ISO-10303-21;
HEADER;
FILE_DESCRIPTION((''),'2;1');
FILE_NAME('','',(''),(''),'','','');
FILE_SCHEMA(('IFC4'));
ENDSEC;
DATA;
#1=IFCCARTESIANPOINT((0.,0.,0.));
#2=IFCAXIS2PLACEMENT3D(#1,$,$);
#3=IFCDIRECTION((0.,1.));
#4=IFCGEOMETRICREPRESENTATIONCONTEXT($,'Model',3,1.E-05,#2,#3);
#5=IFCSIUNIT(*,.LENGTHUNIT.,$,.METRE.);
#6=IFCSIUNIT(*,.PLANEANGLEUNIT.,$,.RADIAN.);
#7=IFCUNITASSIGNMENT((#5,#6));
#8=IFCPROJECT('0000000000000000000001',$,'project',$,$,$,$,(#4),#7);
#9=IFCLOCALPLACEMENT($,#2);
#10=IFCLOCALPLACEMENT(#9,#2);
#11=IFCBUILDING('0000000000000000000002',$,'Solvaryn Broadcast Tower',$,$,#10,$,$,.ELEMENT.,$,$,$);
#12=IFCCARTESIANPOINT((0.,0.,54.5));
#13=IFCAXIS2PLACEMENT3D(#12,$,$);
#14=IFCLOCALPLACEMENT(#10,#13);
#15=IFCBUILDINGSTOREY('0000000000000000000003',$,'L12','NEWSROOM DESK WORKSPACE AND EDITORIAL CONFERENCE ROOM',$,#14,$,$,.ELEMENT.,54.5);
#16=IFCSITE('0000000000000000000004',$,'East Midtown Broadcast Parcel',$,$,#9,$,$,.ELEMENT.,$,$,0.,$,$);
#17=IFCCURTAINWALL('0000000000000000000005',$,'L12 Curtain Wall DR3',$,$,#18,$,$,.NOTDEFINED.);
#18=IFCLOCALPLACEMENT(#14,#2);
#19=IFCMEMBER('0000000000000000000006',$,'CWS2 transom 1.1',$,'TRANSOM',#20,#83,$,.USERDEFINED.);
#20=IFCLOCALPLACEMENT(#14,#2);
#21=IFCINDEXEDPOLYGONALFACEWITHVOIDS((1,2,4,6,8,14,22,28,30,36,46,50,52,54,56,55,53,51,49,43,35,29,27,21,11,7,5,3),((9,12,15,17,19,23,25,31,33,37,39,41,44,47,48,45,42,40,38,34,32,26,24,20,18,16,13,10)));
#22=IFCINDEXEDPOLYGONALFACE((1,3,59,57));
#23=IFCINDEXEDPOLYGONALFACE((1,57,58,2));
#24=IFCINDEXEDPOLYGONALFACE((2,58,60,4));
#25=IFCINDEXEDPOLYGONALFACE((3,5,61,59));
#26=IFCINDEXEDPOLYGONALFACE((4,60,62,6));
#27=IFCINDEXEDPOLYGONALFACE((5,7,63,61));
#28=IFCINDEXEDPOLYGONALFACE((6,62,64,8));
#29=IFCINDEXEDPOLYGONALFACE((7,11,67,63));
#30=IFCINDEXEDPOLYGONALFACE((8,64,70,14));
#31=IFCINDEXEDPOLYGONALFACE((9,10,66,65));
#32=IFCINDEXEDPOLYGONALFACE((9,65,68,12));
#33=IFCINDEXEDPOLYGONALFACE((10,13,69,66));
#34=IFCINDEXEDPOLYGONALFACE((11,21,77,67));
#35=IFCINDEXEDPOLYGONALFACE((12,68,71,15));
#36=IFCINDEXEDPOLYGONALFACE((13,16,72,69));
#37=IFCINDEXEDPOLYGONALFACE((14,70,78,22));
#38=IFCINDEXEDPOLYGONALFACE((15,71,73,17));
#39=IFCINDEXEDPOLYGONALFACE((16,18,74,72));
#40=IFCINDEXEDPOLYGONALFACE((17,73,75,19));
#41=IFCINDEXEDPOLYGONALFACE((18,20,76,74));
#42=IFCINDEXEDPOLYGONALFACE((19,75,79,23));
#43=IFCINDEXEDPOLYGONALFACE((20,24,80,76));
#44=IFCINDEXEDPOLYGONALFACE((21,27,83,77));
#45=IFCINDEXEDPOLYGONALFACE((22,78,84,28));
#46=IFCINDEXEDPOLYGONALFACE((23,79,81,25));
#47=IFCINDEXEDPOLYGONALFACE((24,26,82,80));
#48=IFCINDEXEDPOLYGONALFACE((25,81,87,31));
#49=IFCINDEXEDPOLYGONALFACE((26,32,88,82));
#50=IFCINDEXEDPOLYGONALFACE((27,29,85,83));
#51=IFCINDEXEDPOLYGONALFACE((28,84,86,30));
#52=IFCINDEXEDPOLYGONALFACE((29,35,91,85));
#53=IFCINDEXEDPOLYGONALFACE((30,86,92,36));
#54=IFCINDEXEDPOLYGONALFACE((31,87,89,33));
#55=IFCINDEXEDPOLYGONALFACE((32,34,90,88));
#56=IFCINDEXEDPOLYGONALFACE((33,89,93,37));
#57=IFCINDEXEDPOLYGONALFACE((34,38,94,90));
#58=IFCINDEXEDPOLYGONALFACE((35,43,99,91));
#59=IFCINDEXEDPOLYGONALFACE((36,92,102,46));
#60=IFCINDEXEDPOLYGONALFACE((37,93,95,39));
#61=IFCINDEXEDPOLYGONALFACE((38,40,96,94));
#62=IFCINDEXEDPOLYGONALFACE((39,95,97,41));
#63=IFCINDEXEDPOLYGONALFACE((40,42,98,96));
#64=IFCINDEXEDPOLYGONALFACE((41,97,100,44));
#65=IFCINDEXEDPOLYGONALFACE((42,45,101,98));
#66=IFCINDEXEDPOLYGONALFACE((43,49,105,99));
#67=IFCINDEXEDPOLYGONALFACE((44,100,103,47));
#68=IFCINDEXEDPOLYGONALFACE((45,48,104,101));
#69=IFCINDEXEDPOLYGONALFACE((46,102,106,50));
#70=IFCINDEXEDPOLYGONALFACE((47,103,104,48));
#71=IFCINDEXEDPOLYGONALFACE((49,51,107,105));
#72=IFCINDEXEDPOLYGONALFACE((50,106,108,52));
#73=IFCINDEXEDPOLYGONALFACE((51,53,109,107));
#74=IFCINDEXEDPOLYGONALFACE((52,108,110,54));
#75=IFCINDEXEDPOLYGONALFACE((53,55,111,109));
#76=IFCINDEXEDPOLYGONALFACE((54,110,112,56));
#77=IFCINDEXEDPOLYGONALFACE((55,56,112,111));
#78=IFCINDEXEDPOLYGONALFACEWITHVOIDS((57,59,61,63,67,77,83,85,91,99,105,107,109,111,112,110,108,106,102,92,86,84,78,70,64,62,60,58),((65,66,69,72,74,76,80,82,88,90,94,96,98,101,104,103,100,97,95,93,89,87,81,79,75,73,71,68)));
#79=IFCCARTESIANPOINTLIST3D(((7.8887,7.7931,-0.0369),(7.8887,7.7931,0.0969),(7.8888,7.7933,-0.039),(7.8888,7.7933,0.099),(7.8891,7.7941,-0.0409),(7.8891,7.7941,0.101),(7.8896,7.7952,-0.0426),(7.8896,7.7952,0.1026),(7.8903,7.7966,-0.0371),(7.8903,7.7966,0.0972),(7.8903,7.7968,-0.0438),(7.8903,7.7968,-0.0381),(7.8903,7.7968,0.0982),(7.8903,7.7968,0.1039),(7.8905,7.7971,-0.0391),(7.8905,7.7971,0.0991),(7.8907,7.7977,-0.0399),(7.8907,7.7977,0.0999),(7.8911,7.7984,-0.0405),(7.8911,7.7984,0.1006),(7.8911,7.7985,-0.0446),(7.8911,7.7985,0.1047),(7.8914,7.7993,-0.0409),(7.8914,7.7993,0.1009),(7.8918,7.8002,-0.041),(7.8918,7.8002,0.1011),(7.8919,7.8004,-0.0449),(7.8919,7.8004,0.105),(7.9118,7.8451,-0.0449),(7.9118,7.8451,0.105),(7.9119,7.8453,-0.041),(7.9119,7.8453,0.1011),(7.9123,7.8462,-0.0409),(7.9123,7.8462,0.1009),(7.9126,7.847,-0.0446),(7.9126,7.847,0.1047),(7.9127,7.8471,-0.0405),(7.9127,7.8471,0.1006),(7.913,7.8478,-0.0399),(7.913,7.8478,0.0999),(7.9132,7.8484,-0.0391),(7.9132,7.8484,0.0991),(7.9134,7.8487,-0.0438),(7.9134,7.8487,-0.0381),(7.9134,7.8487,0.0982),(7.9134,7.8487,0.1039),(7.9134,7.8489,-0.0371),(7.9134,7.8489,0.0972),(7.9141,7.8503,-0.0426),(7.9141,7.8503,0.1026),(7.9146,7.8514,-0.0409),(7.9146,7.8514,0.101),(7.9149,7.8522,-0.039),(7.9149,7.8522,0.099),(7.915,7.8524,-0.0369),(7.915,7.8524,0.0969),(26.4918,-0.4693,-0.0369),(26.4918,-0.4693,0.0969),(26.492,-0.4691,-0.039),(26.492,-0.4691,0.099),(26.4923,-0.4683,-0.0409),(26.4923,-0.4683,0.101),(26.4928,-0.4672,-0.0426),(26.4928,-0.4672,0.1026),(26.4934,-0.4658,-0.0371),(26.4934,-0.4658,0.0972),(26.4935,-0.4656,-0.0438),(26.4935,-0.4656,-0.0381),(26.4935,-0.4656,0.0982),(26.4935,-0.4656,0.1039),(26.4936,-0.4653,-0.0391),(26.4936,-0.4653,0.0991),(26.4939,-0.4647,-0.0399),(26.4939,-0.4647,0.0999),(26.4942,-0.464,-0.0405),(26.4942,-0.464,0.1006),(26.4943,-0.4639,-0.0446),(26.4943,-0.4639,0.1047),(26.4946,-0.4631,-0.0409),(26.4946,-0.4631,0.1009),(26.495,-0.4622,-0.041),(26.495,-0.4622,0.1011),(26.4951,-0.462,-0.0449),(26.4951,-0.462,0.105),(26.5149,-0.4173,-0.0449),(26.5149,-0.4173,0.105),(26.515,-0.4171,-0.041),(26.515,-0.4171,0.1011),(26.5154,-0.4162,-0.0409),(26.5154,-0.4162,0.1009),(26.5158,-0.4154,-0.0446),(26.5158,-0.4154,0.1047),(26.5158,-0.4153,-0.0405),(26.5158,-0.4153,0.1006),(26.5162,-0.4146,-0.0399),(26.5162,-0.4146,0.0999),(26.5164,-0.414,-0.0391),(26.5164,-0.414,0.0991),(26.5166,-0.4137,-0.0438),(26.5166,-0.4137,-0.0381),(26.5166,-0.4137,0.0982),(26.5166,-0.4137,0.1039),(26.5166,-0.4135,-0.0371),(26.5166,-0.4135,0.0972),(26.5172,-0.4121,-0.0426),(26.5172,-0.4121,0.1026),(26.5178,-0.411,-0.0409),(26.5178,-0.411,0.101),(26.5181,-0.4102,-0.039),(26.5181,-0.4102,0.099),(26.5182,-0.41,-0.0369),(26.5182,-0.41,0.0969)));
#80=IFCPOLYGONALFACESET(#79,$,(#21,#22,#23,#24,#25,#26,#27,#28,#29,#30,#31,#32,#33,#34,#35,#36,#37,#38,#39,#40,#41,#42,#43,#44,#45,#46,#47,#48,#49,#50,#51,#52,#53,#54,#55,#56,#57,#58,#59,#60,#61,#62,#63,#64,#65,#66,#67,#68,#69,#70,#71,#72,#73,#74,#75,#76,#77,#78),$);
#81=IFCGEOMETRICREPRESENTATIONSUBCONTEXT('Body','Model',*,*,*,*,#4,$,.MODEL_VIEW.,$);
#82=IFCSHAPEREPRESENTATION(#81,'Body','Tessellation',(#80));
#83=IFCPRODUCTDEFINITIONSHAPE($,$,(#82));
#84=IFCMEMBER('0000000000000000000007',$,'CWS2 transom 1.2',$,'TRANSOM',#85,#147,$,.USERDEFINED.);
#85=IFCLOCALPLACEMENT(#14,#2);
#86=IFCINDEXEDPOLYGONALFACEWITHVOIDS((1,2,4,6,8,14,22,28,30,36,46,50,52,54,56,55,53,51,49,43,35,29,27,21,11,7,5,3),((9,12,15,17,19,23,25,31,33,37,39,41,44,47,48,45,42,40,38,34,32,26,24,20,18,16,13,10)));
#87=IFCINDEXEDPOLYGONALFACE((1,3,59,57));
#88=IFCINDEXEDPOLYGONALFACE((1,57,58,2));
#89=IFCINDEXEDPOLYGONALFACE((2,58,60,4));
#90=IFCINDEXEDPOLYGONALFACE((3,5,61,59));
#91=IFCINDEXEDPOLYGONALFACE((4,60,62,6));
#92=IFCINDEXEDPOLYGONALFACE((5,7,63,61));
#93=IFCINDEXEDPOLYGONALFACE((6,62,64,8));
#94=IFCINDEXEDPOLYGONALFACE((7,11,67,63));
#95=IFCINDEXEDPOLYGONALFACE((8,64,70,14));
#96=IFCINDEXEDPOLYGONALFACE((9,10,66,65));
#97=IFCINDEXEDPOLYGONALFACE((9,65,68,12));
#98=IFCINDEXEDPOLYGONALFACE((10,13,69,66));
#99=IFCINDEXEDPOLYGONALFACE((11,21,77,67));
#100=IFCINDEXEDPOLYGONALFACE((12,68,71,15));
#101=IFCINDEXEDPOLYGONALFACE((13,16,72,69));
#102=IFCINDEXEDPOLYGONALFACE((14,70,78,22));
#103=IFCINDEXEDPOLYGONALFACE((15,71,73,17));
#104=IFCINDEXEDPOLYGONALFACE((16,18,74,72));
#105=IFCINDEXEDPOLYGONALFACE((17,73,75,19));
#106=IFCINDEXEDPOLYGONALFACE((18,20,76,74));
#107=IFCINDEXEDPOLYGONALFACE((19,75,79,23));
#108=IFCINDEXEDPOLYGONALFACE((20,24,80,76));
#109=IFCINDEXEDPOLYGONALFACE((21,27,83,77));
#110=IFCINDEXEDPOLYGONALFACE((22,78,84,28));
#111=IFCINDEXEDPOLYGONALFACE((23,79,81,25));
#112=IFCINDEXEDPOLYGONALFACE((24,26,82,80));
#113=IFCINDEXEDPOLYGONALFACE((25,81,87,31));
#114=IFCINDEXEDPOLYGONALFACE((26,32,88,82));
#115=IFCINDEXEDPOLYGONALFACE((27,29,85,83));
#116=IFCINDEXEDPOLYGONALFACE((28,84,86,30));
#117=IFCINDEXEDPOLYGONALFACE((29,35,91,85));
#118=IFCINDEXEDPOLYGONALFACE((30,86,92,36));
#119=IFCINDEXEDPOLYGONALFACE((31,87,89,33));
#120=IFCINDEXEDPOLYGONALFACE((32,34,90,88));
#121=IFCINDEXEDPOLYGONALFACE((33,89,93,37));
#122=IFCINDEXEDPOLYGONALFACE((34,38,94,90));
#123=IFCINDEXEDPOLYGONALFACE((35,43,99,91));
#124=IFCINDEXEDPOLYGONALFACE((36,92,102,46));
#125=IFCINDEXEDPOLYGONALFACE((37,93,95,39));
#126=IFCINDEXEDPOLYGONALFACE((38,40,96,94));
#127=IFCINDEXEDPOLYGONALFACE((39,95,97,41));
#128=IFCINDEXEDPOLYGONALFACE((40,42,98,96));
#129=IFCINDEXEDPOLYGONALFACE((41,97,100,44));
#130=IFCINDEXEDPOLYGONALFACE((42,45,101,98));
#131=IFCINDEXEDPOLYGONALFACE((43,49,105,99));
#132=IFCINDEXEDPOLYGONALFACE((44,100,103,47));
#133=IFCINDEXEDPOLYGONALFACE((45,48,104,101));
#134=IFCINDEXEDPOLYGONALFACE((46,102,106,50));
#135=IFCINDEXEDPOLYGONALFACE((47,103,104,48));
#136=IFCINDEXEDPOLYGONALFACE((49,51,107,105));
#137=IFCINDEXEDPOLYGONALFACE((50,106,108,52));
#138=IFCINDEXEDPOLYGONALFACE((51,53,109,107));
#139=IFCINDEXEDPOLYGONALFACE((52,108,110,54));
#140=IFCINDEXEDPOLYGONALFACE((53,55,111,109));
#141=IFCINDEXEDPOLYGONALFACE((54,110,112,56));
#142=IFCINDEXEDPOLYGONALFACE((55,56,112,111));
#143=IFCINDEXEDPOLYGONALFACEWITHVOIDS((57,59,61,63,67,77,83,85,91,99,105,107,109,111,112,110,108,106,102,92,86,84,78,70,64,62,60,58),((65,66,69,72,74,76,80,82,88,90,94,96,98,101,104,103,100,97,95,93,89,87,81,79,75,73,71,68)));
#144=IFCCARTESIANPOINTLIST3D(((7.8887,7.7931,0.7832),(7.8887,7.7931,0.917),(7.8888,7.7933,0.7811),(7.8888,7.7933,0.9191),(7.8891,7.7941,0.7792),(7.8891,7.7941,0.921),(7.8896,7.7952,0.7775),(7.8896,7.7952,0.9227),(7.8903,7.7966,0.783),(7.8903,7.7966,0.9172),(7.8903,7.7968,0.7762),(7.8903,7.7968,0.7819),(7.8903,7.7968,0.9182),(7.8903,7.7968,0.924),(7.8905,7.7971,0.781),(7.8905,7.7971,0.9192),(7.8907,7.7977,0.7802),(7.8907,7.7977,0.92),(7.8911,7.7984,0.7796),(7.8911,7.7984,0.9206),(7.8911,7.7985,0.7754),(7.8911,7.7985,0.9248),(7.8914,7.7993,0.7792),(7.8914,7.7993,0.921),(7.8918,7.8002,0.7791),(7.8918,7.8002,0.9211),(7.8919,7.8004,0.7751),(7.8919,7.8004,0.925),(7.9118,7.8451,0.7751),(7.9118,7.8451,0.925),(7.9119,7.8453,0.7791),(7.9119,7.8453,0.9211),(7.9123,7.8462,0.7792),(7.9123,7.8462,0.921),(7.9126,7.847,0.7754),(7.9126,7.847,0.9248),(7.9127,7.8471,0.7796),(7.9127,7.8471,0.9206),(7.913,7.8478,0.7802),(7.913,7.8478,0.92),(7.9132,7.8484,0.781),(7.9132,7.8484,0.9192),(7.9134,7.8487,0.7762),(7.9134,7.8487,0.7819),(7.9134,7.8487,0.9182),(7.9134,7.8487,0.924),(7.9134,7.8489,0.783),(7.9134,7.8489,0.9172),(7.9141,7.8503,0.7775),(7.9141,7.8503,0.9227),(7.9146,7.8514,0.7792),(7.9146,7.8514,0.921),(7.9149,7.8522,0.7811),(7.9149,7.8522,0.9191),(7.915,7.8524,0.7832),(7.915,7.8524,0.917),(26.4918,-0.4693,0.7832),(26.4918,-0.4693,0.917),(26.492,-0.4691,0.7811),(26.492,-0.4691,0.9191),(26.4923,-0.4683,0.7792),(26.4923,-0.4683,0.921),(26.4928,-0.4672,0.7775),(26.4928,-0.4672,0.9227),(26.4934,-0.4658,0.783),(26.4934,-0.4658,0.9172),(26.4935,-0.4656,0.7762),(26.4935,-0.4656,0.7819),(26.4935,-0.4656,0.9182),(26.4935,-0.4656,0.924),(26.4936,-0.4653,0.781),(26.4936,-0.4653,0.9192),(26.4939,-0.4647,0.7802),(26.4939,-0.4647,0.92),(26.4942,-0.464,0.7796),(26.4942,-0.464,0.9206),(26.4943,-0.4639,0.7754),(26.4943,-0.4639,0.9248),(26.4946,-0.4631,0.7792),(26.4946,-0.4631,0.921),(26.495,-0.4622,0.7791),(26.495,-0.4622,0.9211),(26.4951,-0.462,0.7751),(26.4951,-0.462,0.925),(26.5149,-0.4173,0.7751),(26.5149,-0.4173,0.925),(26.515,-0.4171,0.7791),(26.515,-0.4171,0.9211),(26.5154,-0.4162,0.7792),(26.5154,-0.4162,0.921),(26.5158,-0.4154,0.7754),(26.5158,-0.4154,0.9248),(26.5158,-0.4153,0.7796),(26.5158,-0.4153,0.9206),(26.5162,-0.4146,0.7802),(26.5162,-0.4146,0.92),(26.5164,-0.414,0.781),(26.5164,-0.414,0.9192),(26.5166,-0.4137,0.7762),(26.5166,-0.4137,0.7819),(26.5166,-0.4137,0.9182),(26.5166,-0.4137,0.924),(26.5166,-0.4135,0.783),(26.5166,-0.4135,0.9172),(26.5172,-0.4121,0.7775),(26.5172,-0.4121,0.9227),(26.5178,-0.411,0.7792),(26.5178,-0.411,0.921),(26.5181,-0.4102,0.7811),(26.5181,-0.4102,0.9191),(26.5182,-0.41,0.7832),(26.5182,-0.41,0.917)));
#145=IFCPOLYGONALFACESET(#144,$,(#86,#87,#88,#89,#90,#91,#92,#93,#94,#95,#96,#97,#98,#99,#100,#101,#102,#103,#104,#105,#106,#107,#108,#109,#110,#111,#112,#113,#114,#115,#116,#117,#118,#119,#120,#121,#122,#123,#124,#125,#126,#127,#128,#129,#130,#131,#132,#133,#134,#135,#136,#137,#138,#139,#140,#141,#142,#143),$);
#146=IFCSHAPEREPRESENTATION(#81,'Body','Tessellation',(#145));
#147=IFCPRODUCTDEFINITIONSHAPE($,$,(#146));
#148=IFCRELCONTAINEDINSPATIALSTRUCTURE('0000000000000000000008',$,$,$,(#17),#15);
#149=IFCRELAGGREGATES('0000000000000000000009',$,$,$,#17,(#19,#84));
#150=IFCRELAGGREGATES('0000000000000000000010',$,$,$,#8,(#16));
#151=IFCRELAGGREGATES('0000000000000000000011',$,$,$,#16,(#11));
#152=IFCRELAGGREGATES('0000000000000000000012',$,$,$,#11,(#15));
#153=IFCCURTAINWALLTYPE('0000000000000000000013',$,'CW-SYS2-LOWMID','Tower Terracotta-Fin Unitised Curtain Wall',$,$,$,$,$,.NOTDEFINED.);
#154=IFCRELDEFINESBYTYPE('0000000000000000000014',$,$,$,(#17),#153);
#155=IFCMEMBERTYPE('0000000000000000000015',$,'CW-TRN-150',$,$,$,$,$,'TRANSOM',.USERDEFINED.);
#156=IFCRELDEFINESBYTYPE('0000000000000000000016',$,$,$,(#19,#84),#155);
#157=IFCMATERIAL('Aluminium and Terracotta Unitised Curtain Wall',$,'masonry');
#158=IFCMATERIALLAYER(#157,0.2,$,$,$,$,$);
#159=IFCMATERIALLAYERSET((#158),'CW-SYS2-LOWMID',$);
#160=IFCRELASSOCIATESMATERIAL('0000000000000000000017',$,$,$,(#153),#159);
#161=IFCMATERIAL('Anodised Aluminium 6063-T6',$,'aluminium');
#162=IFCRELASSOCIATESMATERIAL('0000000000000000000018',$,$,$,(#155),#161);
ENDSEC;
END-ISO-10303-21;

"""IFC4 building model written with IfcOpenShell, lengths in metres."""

from ifc_helpers import new_model, si_unit, direction, frame, origin, origin_2d, place, context, subcontext, project, spatial, hollow_rectangle, extrude, material, layer, layer_set, material_profile, profile_set, type_object, element, aggregate, save


model = new_model("IFC4")

# Units and contexts
model_context = context("Model", 3, precision=1e-05, world=origin(), true_north=direction((0.0, 1.0)))
body_context = subcontext(model_context, "Body", "Model", "MODEL_VIEW")
ifc_project = project(units=[si_unit("LENGTHUNIT", "METRE"), si_unit("PLANEANGLEUNIT", "RADIAN")], contexts=[model_context])

# Site, building, storey
site_placement = place(None, origin())
site = spatial("IfcSite", under=ifc_project, at=site_placement, Name="East Midtown Broadcast Parcel", CompositionType="ELEMENT", RefElevation=0.0)
building_placement = place(site_placement, origin())
building = spatial("IfcBuilding", under=site, at=building_placement, Name="Solvaryn Broadcast Tower", CompositionType="ELEMENT")
storey_placement = place(building_placement, frame((0.0, 0.0, 54.5)))
storey = spatial("IfcBuildingStorey", under=building, at=storey_placement, Name="L12", Description="NEWSROOM DESK WORKSPACE AND EDITORIAL CONFERENCE ROOM", CompositionType="ELEMENT", Elevation=54.5)

# Shared definitions
ifc_material_1 = material(Name="Aluminium and Terracotta Unitised Curtain Wall", Category="masonry")
ifc_layer_1 = layer(ifc_material_1, 0.2)
ifc_layer_set_1 = layer_set([ifc_layer_1], Name="CW-SYS2-LOWMID")
curtain_wall_type = type_object("IfcCurtainWallType", Name="CW-SYS2-LOWMID", Description="Tower Terracotta-Fin Unitised Curtain Wall", PredefinedType="NOTDEFINED", material=ifc_layer_set_1)

# Curtain wall, members
curtain_wall_1_placement = place(storey_placement, origin())
curtain_wall_1 = element("IfcCurtainWall", 1, at=curtain_wall_1_placement, inside=storey, type_object=curtain_wall_type, Name="L12 Curtain Wall DR3", PredefinedType="NOTDEFINED")
ifc_material_2 = material(Name="Anodised Aluminium 6063-T6", Category="aluminium")
ifc_material_profile_1 = material_profile(ifc_material_2, hollow_rectangle(XDim=0.0649, YDim=0.1499, WallThickness=0.0039, InnerFilletRadius=0.0039, OuterFilletRadius=0.0081, at=origin_2d()))
ifc_profile_set_1 = profile_set([ifc_material_profile_1], Name="Anodised Aluminium 6063-T6")
member_type_1 = type_object("IfcMemberType", Name="CW-TRN-150", ElementType="TRANSOM", PredefinedType="USERDEFINED", material=ifc_profile_set_1)
member_1_placement = place(storey_placement, frame((7.9019, 7.8228, 0.03), z_axis=(0.913915, -0.405906, 0.0), x_axis=(0.405906, 0.913915, 0.0)))
member_1 = element("IfcMember", 2, at=member_1_placement, type_object=member_type_1, Name="CWS2 transom 1.1", ObjectType="TRANSOM", PredefinedType="USERDEFINED", context=body_context, shape_type="SweptSolid", body=[
    extrude(hollow_rectangle(XDim=0.0649, YDim=0.1499, WallThickness=0.0039, InnerFilletRadius=0.0039, OuterFilletRadius=0.0081, at=origin_2d()), origin(), (0.0, 0.0, 1.0), 20.3555),
])
member_2_placement = place(storey_placement, frame((7.9019, 7.8228, 0.8501), z_axis=(0.913915, -0.405906, 0.0), x_axis=(0.405906, 0.913915, 0.0)))
member_2 = element("IfcMember", 3, at=member_2_placement, type_object=member_type_1, Name="CWS2 transom 1.2", ObjectType="TRANSOM", PredefinedType="USERDEFINED", context=body_context, shape_type="SweptSolid", body=[
    extrude(hollow_rectangle(XDim=0.0649, YDim=0.1499, WallThickness=0.0039, InnerFilletRadius=0.0039, OuterFilletRadius=0.0081, at=origin_2d()), origin(), (0.0, 0.0, 1.0), 20.3555),
])
aggregate(curtain_wall_1, [member_1, member_2])

save(model, "model.ifc")
